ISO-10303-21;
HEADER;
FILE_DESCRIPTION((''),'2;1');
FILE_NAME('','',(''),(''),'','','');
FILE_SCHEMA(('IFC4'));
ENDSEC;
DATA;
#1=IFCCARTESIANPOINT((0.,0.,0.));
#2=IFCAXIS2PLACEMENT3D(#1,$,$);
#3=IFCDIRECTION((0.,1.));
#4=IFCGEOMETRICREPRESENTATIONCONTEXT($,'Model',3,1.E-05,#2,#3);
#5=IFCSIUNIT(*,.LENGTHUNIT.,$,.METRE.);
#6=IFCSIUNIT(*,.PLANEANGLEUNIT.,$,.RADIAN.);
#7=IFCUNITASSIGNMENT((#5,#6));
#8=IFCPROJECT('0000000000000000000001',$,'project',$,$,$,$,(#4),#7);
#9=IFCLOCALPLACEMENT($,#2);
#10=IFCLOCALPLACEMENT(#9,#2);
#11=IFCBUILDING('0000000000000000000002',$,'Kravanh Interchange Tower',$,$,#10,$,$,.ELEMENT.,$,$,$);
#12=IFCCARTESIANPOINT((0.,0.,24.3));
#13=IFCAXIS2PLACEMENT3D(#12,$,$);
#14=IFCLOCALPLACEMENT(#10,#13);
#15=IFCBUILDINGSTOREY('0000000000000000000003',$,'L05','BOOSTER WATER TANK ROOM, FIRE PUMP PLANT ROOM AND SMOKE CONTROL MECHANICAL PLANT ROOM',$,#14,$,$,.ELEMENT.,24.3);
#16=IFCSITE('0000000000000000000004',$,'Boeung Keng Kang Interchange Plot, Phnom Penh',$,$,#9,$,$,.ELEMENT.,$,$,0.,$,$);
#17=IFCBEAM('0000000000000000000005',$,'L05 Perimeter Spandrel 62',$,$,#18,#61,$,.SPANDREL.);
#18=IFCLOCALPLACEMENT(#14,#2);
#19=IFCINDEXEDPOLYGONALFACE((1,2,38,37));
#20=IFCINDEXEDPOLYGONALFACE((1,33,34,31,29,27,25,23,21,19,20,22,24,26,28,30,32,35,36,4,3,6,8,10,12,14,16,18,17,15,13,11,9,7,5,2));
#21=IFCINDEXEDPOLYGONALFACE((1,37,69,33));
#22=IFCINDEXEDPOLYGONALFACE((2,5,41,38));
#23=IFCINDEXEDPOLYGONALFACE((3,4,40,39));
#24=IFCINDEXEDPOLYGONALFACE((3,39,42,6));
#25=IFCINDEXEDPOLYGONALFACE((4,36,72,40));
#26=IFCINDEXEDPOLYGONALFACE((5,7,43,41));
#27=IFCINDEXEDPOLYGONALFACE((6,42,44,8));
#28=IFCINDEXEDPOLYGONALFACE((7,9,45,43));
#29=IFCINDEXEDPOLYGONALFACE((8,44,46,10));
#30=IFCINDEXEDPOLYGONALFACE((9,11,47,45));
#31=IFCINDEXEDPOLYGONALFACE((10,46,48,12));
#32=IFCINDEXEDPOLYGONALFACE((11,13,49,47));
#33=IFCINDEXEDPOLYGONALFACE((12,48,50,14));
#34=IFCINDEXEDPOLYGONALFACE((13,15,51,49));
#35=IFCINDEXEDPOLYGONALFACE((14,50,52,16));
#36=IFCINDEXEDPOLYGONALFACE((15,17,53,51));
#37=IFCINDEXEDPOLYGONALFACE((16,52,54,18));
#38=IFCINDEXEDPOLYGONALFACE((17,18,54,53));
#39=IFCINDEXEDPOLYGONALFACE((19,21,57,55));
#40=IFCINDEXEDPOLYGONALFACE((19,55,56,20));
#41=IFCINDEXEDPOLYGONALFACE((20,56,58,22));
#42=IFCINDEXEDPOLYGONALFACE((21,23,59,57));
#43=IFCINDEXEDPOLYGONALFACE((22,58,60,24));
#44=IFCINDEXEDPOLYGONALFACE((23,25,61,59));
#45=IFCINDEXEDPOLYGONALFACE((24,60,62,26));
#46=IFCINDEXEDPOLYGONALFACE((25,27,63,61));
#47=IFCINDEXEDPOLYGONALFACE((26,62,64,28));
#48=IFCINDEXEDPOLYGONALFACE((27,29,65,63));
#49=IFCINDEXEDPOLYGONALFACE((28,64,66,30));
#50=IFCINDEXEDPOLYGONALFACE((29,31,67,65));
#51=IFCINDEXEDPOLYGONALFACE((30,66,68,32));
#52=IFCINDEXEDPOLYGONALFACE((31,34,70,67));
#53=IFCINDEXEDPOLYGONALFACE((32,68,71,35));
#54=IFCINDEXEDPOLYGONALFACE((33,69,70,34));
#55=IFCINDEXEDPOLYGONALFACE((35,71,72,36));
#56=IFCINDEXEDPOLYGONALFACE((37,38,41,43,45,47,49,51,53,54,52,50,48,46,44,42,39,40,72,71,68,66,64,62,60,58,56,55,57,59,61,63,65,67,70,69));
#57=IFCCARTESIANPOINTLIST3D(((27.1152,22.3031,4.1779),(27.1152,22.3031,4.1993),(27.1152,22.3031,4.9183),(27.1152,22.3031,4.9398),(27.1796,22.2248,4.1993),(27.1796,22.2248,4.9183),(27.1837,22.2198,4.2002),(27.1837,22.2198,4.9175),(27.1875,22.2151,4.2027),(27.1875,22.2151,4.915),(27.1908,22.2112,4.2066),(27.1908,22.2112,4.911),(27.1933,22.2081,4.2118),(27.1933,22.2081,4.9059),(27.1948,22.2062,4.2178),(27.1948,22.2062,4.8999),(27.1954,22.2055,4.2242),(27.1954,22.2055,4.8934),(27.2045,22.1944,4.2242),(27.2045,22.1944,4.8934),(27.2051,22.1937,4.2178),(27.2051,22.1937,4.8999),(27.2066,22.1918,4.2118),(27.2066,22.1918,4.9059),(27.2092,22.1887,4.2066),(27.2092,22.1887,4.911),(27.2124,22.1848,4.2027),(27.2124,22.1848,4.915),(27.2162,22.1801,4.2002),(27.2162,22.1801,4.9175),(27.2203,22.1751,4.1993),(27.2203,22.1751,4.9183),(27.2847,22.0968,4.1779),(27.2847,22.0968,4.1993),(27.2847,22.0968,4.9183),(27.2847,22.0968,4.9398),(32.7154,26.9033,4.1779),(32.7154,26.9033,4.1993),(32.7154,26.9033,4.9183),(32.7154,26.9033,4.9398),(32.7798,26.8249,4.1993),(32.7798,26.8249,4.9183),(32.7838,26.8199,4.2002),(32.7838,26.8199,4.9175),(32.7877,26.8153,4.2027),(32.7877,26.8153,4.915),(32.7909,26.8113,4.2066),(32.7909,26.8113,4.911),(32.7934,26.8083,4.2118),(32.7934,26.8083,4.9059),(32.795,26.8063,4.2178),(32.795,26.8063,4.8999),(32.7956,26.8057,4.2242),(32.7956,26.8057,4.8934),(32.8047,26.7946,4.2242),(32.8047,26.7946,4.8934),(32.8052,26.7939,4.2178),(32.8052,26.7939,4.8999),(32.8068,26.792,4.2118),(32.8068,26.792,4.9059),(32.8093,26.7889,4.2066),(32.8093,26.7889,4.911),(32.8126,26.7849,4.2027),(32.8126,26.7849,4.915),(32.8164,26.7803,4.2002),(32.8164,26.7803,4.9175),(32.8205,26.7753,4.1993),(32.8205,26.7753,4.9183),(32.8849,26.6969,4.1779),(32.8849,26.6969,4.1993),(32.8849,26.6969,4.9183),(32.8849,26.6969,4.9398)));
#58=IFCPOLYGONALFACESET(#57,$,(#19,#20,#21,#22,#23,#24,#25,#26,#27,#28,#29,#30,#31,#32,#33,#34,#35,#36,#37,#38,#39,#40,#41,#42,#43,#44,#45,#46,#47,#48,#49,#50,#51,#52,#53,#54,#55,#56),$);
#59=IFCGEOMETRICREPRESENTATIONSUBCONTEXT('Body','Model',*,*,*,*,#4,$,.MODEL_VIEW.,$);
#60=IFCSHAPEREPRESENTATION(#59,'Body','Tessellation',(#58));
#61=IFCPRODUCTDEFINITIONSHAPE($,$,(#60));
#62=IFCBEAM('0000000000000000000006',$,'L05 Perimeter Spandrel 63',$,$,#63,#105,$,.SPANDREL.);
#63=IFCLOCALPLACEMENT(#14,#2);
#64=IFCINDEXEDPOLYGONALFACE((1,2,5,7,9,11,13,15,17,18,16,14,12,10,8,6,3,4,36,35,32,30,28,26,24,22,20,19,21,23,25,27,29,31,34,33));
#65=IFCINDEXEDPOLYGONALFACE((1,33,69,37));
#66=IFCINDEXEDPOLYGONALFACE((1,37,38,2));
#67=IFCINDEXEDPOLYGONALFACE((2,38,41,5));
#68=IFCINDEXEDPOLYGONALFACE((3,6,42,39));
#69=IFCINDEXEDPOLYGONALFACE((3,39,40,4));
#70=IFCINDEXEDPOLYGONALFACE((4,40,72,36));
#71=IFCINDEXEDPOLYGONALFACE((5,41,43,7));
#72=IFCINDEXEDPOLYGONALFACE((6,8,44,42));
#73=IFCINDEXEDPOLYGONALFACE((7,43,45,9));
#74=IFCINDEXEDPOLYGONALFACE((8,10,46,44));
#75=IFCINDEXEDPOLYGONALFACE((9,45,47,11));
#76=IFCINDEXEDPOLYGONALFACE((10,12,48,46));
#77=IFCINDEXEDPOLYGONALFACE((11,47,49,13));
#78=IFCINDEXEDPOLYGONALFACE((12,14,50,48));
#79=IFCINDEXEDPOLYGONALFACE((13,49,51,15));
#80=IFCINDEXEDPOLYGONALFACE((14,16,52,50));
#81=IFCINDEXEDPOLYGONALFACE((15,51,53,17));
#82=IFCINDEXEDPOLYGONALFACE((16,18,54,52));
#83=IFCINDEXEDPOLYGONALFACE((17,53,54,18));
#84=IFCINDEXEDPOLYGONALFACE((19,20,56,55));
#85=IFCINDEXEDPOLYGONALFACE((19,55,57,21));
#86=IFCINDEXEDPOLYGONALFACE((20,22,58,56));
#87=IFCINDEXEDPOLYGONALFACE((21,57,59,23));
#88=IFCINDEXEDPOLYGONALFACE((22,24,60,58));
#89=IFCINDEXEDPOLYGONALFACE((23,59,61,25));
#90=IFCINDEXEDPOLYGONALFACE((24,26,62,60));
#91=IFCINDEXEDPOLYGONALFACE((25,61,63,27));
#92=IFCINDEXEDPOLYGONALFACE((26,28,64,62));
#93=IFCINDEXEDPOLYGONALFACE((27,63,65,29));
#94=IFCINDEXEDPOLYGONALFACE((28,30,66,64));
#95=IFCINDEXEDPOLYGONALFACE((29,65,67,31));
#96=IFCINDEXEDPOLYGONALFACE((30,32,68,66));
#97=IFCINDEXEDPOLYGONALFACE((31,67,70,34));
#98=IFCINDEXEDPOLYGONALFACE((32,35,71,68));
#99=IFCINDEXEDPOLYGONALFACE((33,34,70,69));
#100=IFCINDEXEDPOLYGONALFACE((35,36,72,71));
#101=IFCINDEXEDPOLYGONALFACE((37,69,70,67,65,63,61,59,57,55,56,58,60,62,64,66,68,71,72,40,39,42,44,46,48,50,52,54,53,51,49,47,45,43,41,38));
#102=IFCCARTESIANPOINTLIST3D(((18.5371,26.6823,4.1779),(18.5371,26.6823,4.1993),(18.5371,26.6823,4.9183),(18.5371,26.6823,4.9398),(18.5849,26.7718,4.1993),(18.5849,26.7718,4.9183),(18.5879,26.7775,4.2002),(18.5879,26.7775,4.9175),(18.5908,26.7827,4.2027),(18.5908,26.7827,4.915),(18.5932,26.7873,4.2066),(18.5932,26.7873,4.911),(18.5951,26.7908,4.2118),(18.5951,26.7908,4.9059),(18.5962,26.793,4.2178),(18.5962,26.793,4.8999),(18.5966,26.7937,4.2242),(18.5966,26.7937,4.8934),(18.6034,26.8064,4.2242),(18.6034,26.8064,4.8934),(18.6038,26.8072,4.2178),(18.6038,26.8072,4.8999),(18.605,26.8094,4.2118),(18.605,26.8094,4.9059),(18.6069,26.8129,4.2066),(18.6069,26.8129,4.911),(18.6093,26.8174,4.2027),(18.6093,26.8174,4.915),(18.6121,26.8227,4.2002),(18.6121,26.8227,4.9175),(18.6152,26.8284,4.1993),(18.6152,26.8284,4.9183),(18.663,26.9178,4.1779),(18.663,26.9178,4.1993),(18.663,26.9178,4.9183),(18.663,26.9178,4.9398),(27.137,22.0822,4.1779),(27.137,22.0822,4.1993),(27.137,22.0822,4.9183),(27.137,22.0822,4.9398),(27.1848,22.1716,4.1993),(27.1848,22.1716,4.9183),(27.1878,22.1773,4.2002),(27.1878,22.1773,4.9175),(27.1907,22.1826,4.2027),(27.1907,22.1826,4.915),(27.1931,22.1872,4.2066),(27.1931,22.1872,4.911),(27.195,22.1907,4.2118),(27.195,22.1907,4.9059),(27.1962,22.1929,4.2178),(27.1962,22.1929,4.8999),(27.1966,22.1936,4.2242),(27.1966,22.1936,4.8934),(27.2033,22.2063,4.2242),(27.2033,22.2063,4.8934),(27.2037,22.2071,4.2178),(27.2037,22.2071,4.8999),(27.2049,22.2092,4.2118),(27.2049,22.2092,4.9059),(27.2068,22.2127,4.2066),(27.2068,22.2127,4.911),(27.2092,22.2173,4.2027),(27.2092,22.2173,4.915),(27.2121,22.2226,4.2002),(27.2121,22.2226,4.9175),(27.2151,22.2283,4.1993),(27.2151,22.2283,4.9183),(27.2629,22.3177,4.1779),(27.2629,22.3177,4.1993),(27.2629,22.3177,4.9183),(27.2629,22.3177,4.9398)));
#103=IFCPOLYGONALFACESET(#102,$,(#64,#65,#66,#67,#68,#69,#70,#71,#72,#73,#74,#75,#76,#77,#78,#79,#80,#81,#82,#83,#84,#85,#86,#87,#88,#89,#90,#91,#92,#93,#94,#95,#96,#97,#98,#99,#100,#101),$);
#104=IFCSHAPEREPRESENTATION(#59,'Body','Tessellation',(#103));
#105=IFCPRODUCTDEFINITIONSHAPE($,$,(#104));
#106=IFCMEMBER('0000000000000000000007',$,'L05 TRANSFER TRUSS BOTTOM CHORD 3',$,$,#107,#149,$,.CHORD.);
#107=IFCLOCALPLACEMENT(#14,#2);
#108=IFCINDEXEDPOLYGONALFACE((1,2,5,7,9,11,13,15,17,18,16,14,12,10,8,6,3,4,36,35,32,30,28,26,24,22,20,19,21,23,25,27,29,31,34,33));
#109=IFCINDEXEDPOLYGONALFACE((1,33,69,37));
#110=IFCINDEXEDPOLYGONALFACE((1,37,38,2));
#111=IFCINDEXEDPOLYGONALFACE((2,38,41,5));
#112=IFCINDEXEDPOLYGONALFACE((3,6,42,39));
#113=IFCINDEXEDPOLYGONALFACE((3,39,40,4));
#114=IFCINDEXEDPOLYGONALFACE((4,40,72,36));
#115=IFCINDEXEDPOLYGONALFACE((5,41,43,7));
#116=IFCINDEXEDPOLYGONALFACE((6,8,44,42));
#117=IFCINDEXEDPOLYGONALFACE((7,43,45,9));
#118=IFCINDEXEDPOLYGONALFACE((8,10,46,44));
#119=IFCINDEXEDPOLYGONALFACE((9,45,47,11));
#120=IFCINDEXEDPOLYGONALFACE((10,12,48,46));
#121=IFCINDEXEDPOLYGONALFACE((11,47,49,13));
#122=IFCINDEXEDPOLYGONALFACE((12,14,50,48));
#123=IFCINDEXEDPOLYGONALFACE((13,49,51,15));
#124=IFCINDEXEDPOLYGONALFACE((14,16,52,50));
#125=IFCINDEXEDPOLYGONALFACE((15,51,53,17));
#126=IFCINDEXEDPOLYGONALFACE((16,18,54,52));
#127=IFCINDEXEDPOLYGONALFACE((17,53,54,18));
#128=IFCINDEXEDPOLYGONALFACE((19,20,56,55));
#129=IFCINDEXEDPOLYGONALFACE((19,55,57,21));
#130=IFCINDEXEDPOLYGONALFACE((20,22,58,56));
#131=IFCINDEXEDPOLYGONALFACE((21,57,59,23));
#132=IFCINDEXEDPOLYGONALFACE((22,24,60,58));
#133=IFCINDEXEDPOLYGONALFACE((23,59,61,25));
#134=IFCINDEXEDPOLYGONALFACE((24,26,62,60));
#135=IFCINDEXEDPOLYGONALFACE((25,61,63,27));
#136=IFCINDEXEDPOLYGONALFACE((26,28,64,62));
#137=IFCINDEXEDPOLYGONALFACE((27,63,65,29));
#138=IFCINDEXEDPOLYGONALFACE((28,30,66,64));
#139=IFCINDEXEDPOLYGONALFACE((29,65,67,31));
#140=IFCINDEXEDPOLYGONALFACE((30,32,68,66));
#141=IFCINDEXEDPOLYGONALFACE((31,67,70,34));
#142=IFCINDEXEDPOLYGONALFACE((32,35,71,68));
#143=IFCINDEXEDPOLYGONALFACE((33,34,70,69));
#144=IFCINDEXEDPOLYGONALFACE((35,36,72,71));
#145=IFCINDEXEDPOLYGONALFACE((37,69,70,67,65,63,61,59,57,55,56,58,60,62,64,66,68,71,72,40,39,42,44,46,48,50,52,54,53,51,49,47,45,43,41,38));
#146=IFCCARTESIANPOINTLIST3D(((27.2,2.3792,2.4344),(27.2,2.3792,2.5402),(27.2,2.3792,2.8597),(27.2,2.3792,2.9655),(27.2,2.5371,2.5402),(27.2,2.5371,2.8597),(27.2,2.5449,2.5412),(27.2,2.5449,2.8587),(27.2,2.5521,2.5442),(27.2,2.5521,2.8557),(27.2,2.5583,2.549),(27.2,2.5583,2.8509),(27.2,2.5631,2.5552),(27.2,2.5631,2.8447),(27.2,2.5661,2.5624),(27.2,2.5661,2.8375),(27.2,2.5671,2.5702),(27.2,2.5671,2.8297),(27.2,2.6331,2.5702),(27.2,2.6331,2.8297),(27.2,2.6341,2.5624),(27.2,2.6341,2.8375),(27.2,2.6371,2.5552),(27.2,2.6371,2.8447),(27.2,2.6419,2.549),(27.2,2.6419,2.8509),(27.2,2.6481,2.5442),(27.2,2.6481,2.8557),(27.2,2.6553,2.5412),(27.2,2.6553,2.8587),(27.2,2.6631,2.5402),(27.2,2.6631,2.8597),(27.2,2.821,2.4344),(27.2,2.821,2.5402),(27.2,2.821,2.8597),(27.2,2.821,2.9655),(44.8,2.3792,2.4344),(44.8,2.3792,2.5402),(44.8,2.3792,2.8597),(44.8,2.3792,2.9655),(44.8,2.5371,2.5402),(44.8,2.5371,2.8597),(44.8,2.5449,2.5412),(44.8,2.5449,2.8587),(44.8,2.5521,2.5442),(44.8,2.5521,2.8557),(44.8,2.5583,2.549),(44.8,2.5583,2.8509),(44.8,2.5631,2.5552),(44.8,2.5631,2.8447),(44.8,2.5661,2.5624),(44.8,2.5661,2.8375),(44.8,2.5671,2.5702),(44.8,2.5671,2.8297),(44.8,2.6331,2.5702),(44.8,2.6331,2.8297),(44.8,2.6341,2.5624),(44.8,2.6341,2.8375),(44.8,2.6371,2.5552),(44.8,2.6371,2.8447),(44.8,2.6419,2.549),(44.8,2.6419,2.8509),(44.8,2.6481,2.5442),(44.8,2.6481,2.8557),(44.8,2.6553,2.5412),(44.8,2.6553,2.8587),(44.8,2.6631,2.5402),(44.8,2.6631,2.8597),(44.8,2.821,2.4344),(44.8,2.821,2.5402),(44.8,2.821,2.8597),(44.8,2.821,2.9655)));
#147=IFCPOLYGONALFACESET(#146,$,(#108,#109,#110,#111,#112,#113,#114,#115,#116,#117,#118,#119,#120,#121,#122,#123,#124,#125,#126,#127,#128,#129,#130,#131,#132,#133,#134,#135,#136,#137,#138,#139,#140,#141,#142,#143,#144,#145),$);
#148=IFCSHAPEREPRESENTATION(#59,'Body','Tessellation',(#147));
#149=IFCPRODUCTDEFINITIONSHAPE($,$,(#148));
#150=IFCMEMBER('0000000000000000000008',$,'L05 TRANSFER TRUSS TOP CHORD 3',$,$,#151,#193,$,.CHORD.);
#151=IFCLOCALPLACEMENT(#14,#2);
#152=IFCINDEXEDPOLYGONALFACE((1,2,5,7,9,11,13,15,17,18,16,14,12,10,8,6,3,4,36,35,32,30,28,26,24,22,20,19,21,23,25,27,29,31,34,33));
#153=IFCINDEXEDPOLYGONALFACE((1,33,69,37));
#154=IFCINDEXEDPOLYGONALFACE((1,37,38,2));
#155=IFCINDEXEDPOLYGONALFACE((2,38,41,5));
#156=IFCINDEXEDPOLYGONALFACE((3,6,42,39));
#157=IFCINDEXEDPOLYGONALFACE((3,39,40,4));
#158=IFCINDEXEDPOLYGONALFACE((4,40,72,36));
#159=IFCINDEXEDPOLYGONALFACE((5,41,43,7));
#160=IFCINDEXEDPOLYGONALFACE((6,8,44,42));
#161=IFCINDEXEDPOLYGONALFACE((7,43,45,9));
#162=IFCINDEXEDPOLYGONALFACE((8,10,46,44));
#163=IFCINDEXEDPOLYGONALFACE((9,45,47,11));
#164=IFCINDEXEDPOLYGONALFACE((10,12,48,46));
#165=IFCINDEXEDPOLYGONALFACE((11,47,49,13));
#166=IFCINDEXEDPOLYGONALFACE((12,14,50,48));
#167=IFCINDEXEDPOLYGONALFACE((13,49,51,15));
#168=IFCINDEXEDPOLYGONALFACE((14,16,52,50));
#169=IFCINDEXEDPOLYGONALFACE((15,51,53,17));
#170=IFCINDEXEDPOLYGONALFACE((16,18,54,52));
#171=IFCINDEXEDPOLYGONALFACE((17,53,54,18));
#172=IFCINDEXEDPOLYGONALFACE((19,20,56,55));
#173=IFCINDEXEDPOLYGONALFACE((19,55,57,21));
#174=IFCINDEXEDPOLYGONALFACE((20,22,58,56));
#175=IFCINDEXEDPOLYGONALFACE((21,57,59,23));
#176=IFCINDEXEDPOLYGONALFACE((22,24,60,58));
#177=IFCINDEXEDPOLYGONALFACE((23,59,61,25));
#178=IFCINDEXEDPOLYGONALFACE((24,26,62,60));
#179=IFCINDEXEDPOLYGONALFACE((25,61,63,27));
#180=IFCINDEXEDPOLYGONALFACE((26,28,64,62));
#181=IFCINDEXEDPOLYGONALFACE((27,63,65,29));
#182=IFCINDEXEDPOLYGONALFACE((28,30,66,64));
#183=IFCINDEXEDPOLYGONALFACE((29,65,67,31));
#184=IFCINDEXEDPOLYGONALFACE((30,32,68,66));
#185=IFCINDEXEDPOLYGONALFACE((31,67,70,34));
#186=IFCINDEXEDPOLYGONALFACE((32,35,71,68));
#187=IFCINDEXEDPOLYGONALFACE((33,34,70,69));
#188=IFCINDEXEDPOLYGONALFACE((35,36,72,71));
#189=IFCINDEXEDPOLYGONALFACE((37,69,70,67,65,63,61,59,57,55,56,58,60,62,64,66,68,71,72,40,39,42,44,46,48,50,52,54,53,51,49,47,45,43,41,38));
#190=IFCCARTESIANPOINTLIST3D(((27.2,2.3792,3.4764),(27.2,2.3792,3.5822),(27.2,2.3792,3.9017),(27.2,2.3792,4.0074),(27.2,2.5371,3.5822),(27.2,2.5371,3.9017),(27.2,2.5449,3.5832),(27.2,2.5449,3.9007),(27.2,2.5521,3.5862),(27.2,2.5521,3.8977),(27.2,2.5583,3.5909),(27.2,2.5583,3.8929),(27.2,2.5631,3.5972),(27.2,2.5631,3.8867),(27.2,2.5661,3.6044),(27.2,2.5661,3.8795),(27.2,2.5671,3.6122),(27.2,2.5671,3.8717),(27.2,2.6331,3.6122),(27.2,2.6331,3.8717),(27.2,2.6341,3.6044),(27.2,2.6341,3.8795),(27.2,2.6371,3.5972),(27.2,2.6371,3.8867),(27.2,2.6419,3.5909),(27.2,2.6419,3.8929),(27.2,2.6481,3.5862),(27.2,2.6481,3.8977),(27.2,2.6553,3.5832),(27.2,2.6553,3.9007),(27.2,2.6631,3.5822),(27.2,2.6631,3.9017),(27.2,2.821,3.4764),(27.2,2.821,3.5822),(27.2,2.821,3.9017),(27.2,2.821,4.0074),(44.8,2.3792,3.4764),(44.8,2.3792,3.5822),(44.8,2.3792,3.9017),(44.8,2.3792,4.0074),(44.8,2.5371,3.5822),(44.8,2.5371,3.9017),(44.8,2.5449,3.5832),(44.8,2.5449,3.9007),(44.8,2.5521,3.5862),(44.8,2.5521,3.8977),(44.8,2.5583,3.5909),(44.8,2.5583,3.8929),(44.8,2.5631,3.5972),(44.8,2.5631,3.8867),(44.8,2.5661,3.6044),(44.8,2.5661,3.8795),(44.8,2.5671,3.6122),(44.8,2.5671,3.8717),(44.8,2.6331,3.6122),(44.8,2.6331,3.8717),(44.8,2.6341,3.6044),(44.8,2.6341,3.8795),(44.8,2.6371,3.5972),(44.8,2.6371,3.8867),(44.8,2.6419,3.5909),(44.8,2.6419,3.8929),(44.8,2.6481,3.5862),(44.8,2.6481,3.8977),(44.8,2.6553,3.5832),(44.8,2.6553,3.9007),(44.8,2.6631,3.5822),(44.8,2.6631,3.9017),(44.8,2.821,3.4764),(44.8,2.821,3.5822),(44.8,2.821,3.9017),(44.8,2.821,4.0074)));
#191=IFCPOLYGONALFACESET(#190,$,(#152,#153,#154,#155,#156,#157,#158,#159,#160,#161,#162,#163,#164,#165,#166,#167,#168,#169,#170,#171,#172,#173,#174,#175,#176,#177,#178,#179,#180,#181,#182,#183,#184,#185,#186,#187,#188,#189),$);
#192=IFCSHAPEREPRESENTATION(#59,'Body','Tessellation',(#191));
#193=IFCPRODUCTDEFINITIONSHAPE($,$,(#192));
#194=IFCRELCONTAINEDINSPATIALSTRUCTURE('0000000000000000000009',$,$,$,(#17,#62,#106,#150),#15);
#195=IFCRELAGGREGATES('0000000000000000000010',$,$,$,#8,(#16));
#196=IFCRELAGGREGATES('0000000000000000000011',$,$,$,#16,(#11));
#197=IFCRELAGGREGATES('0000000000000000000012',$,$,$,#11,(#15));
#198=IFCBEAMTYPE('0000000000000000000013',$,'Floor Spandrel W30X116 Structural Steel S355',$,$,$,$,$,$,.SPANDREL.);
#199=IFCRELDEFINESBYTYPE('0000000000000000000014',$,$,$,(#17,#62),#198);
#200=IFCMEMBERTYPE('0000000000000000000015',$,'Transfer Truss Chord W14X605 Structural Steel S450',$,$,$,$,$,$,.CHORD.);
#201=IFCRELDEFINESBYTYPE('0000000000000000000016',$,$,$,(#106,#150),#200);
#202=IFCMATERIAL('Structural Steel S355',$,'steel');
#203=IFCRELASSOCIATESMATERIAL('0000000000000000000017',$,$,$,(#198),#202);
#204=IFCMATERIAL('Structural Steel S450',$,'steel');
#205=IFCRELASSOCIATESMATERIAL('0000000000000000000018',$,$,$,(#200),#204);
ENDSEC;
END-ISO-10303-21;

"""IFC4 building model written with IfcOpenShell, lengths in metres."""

from ifc_helpers import new_model, si_unit, direction, frame, origin, origin_2d, place, context, subcontext, project, spatial, i_section, extrude, material, material_profile, profile_set, type_object, element, save


model = new_model("IFC4")

# Units and contexts
model_context = context("Model", 3, precision=1e-05, world=origin(), true_north=direction((0.0, 1.0)))
body_context = subcontext(model_context, "Body", "Model", "MODEL_VIEW")
ifc_project = project(units=[si_unit("LENGTHUNIT", "METRE"), si_unit("PLANEANGLEUNIT", "RADIAN")], contexts=[model_context])

# Site, building, storey
site_placement = place(None, origin())
site = spatial("IfcSite", under=ifc_project, at=site_placement, Name="Boeung Keng Kang Interchange Plot, Phnom Penh", CompositionType="ELEMENT", RefElevation=0.0)
building_placement = place(site_placement, origin())
building = spatial("IfcBuilding", under=site, at=building_placement, Name="Kravanh Interchange Tower", CompositionType="ELEMENT")
storey_placement = place(building_placement, frame((0.0, 0.0, 24.3)))
storey = spatial("IfcBuildingStorey", under=building, at=storey_placement, Name="L05", Description="BOOSTER WATER TANK ROOM, FIRE PUMP PLANT ROOM AND SMOKE CONTROL MECHANICAL PLANT ROOM", CompositionType="ELEMENT", Elevation=24.3)

# Beams
ifc_material_1 = material(Name="Structural Steel S355", Category="steel")
ifc_material_profile_1 = material_profile(ifc_material_1, i_section(OverallWidth=0.2671, OverallDepth=0.762, WebThickness=0.0144, FlangeThickness=0.0215, FilletRadius=0.0249, at=origin_2d()), Name="W30X116")
ifc_profile_set_1 = profile_set([ifc_material_profile_1], Name="Structural Steel S355")
beam_type_1 = type_object("IfcBeamType", Name="Floor Spandrel W30X116 Structural Steel S355", PredefinedType="SPANDREL", material=ifc_profile_set_1)
beam_1_placement = place(storey_placement, frame((27.2, 22.2, 4.5588), z_axis=(0.772725, 0.634741, 0.0), x_axis=(-0.634741, 0.772725, 0.0)))
element("IfcBeam", 1, at=beam_1_placement, inside=storey, type_object=beam_type_1, Name="L05 Perimeter Spandrel 62", PredefinedType="SPANDREL", context=body_context, shape_type="SweptSolid", body=[
    extrude(i_section(OverallWidth=0.2671, OverallDepth=0.762, WebThickness=0.0144, FlangeThickness=0.0215, FilletRadius=0.0249, at=origin_2d()), origin(), (0.0, 0.0, 1.0), 7.2473),
])
beam_2_placement = place(storey_placement, frame((27.2, 22.2, 4.5588), z_axis=(-0.881777, 0.471666, 0.0), x_axis=(-0.471666, -0.881777, 0.0)))
element("IfcBeam", 2, at=beam_2_placement, inside=storey, type_object=beam_type_1, Name="L05 Perimeter Spandrel 63", PredefinedType="SPANDREL", context=body_context, shape_type="SweptSolid", body=[
    extrude(i_section(OverallWidth=0.2671, OverallDepth=0.762, WebThickness=0.0144, FlangeThickness=0.0215, FilletRadius=0.0249, at=origin_2d()), origin(), (0.0, 0.0, 1.0), 9.7529),
])

# Members
ifc_material_2 = material(Name="Structural Steel S450", Category="steel")
ifc_material_profile_2 = material_profile(ifc_material_2, i_section(OverallWidth=0.4419, OverallDepth=0.531, WebThickness=0.0659, FlangeThickness=0.1057, FilletRadius=0.03, at=origin_2d()), Name="W14X605")
ifc_profile_set_2 = profile_set([ifc_material_profile_2], Name="Structural Steel S450")
member_type_1 = type_object("IfcMemberType", Name="Transfer Truss Chord W14X605 Structural Steel S450", PredefinedType="CHORD", material=ifc_profile_set_2)
for number, where, z_axis, x_axis, name in (
    (3, (27.2, 2.6001, 2.7), (1.0, 0.0, 0.0), (0.0, 1.0, 0.0), "L05 TRANSFER TRUSS BOTTOM CHORD 3"),
    (4, (27.2, 2.6001, 3.7419), (1.0, 0.0, 0.0), (0.0, 1.0, 0.0), "L05 TRANSFER TRUSS TOP CHORD 3"),
):
    element("IfcMember", number, at=place(storey_placement, frame(where, z_axis=z_axis, x_axis=x_axis)), inside=storey, type_object=member_type_1, Name=name, PredefinedType="CHORD", context=body_context, shape_type="SweptSolid", body=[
        extrude(i_section(OverallWidth=0.4419, OverallDepth=0.531, WebThickness=0.0659, FlangeThickness=0.1057, FilletRadius=0.03, at=origin_2d()), origin(), (0.0, 0.0, 1.0), 17.6001),
    ])

save(model, "model.ifc")
